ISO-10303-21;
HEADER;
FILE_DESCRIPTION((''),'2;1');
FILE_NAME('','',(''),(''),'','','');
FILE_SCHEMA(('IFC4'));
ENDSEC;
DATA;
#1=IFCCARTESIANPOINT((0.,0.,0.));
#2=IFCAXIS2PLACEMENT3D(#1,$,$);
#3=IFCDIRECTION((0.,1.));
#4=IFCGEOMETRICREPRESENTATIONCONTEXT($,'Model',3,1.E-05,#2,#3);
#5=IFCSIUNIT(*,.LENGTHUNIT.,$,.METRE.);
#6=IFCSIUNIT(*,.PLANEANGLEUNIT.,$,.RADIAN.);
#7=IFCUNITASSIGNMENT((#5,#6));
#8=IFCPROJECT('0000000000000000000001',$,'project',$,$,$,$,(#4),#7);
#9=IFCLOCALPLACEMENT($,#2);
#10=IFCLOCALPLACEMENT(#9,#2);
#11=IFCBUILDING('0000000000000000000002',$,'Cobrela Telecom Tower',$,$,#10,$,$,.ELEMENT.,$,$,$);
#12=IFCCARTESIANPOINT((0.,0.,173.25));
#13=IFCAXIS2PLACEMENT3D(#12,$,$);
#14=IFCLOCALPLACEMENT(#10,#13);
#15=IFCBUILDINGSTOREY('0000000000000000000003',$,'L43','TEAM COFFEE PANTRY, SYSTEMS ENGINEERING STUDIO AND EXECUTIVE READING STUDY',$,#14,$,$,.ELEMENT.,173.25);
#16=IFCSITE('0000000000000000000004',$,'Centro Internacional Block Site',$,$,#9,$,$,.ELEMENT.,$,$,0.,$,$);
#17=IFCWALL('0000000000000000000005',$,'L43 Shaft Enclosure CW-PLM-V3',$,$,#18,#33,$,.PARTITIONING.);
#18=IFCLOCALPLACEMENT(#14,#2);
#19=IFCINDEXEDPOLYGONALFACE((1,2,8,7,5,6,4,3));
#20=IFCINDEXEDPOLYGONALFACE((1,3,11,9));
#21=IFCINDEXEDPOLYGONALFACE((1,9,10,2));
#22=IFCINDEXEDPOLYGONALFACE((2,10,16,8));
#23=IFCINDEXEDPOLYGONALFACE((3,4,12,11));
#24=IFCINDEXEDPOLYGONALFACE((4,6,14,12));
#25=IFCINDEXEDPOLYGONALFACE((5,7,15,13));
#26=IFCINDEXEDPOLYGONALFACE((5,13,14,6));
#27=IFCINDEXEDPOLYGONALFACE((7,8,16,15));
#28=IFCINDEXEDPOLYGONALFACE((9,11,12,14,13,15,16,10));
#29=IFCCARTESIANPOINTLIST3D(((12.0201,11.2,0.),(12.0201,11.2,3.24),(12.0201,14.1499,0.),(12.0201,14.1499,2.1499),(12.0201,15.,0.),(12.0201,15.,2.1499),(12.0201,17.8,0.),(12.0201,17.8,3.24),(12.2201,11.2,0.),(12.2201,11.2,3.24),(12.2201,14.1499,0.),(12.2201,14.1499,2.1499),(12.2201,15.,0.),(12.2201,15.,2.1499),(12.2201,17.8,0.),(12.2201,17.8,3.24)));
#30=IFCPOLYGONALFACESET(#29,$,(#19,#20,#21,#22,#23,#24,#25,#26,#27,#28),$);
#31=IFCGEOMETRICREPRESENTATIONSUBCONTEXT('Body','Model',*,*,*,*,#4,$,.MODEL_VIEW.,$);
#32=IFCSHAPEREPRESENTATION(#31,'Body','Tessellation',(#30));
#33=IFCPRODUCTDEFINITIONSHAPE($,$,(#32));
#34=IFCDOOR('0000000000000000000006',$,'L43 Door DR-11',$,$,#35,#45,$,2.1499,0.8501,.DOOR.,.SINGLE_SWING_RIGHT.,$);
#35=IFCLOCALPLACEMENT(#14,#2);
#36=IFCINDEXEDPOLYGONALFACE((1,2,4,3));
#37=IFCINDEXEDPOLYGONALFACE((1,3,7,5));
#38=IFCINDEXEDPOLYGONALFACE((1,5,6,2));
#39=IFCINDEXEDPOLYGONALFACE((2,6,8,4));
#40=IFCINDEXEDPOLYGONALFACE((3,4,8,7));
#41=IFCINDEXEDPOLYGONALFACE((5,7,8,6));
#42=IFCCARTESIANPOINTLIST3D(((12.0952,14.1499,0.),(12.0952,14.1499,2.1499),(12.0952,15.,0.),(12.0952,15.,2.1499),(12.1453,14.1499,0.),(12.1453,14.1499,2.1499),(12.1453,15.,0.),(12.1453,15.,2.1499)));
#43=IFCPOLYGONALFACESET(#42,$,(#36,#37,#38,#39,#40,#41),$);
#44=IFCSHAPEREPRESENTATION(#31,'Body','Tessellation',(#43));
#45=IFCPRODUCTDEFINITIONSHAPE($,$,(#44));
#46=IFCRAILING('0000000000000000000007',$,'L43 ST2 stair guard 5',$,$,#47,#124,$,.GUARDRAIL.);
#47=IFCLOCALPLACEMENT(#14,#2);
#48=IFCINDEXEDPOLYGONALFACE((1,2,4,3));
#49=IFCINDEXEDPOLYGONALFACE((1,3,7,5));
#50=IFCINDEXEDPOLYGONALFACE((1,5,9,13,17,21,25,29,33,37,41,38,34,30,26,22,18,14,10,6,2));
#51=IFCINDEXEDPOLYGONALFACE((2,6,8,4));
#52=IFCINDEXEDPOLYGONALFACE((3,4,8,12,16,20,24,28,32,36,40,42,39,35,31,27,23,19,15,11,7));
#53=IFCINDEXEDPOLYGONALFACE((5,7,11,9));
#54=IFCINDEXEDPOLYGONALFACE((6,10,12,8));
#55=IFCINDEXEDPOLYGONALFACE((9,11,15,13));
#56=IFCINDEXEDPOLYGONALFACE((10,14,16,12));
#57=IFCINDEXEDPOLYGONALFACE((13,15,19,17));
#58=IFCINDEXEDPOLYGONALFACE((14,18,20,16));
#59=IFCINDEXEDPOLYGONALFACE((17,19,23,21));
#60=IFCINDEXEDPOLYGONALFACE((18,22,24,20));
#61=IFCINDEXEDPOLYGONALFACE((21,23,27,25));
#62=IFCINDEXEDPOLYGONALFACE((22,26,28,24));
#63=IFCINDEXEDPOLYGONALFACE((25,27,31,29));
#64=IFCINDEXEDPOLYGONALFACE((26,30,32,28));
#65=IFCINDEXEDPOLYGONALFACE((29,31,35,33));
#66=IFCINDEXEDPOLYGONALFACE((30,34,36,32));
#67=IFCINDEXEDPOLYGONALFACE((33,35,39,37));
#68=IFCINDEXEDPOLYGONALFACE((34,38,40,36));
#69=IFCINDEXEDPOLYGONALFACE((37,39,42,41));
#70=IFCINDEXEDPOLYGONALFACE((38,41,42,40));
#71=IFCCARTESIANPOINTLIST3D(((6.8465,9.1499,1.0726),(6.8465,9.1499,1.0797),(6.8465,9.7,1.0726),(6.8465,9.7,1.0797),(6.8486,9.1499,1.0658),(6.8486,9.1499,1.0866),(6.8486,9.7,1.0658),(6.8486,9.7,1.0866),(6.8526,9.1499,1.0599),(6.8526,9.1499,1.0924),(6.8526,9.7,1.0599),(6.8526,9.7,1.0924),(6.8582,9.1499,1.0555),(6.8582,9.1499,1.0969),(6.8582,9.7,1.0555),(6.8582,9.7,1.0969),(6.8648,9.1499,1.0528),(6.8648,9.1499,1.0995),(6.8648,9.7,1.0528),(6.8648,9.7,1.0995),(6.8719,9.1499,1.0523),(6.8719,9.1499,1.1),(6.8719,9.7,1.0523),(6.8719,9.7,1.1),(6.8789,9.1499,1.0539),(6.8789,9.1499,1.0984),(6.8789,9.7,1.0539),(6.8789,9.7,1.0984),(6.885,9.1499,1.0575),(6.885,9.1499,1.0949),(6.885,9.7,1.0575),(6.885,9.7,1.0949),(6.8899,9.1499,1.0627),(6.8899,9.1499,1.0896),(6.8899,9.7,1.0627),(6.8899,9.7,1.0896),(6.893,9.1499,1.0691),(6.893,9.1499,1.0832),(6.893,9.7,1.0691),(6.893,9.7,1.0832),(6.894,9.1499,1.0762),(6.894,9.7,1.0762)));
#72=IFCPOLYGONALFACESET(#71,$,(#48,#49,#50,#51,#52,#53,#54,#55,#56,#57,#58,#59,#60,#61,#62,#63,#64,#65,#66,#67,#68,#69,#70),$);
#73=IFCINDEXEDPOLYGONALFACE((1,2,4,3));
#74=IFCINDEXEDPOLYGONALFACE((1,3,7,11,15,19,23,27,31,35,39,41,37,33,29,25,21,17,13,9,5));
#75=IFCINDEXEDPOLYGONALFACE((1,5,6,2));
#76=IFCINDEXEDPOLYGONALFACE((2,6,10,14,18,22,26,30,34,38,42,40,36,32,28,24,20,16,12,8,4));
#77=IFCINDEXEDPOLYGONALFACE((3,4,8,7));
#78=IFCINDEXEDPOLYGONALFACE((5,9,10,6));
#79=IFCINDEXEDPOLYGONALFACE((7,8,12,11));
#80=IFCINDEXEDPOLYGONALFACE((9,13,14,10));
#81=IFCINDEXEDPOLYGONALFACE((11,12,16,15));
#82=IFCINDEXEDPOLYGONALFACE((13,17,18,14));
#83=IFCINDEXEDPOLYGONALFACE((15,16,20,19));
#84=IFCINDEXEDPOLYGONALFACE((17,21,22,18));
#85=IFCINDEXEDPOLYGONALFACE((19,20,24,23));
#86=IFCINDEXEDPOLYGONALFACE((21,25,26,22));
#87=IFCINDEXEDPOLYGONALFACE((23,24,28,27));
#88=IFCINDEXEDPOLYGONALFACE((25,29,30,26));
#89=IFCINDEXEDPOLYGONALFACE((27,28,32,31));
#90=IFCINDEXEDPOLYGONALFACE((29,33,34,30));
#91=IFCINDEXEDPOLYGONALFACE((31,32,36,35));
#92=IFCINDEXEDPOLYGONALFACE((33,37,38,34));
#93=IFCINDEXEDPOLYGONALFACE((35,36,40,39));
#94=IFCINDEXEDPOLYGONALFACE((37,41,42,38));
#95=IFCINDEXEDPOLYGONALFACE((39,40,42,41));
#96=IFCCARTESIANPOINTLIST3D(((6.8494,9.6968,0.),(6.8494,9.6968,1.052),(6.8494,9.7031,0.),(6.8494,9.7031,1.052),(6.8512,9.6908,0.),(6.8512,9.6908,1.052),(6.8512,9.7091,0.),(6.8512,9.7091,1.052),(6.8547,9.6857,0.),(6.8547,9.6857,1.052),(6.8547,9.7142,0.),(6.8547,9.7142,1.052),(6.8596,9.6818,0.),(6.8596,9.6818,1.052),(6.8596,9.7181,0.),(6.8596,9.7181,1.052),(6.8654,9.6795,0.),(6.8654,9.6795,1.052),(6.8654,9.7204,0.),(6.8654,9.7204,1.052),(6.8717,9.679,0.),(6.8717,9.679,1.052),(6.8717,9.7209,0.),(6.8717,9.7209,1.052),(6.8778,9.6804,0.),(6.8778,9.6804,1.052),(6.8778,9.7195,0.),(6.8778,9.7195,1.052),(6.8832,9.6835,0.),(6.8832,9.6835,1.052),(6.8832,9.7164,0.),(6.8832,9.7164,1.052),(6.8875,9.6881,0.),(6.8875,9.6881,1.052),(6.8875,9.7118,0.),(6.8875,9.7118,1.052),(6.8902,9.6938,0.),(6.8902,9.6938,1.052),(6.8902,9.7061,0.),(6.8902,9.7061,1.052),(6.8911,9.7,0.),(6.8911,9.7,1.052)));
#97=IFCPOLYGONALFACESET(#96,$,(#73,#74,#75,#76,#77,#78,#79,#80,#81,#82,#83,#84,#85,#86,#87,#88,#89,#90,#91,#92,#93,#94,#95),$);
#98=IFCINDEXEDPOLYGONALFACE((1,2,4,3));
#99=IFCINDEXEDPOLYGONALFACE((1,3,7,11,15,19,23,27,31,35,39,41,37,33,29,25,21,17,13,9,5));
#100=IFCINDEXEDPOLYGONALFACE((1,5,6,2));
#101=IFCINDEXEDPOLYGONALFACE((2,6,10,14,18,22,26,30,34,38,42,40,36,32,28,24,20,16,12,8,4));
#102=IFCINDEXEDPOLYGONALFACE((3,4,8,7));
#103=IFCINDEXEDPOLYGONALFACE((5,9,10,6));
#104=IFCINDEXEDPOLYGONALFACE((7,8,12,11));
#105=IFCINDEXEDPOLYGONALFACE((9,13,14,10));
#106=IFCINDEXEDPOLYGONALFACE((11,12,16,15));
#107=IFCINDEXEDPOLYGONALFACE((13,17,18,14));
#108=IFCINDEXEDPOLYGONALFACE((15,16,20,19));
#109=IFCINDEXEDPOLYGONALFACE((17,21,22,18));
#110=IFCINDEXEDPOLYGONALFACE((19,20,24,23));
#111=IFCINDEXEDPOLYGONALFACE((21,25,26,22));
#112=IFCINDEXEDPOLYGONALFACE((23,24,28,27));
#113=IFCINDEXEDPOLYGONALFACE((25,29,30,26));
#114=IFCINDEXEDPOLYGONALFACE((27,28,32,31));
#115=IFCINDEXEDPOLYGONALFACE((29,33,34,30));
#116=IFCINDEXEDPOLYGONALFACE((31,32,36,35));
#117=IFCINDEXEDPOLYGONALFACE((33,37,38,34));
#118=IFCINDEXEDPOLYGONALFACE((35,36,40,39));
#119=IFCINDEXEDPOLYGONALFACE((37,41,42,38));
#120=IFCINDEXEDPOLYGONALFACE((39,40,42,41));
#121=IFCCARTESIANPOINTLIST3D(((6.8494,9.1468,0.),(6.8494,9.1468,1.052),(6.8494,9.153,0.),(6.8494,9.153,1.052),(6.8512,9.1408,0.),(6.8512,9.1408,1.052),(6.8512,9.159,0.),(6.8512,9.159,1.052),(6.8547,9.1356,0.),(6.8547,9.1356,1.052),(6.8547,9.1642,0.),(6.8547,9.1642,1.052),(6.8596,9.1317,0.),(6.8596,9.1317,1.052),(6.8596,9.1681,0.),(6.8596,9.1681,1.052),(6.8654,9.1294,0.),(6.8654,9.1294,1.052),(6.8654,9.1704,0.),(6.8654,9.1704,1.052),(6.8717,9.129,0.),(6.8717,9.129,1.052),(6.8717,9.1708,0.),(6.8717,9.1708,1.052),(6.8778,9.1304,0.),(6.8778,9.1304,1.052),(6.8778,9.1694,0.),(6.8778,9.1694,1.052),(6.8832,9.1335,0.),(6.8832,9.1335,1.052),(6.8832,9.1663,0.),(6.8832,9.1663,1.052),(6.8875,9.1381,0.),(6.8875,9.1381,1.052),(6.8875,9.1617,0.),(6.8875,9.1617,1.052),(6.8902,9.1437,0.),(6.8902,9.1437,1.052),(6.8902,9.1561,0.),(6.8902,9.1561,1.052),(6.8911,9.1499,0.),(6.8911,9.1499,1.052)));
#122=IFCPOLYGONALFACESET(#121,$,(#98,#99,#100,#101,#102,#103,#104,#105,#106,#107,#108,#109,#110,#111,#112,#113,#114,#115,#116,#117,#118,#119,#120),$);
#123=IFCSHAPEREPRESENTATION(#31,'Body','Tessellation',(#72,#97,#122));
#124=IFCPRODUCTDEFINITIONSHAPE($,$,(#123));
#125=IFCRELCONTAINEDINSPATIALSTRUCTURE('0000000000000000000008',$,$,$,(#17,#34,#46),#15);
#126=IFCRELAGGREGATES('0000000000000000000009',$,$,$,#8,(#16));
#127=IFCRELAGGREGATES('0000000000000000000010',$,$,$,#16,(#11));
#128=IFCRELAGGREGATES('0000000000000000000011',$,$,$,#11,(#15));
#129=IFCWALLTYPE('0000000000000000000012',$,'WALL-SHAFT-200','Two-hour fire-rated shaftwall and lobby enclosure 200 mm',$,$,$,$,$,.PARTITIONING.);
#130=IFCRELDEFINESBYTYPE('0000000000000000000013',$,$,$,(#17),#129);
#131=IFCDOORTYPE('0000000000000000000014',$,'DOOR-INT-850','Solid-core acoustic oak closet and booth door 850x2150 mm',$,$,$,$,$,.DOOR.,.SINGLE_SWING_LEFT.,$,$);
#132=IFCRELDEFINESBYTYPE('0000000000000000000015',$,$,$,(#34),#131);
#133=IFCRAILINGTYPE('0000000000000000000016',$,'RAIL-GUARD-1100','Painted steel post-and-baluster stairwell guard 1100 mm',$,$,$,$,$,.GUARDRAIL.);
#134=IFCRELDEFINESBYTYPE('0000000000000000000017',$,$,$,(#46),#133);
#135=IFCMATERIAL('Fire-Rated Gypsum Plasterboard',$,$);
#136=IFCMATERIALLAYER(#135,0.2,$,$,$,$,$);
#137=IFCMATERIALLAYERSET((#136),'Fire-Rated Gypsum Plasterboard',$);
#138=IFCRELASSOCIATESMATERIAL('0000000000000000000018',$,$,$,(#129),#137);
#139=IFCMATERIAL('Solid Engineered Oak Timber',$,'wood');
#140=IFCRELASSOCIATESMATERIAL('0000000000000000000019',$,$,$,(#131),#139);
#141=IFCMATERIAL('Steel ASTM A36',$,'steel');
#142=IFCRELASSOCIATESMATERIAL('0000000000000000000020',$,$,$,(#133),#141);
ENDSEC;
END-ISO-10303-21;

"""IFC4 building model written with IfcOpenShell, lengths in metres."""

from ifc_helpers import new_model, si_unit, direction, frame, frame_2d, origin, origin_2d, place, context, subcontext, project, spatial, rectangle, circle, extrude, material, layer, layer_set, type_object, element, fill, save


model = new_model("IFC4")

# Units and contexts
model_context = context("Model", 3, precision=1e-05, world=origin(), true_north=direction((0.0, 1.0)))
body_context = subcontext(model_context, "Body", "Model", "MODEL_VIEW")
ifc_project = project(units=[si_unit("LENGTHUNIT", "METRE"), si_unit("PLANEANGLEUNIT", "RADIAN")], contexts=[model_context])

# Site, building, storey
site_placement = place(None, origin())
site = spatial("IfcSite", under=ifc_project, at=site_placement, Name="Centro Internacional Block Site", CompositionType="ELEMENT", RefElevation=0.0)
building_placement = place(site_placement, origin())
building = spatial("IfcBuilding", under=site, at=building_placement, Name="Cobrela Telecom Tower", CompositionType="ELEMENT")
storey_placement = place(building_placement, frame((0.0, 0.0, 173.25)))
storey = spatial("IfcBuildingStorey", under=building, at=storey_placement, Name="L43", Description="TEAM COFFEE PANTRY, SYSTEMS ENGINEERING STUDIO AND EXECUTIVE READING STUDY", CompositionType="ELEMENT", Elevation=173.25)

# Shared definitions
ifc_material_1 = material(Name="Fire-Rated Gypsum Plasterboard")
ifc_layer = layer(ifc_material_1, 0.2)
ifc_layer_set = layer_set([ifc_layer], Name="Fire-Rated Gypsum Plasterboard")
wall_type = type_object("IfcWallType", Name="WALL-SHAFT-200", Description="Two-hour fire-rated shaftwall and lobby enclosure 200 mm", PredefinedType="PARTITIONING", material=ifc_layer_set)

# Wall, opening, door
wall_1_placement = place(storey_placement, frame((12.1201, 11.2, 0.0), z_axis=(0.0, 0.0, 1.0), x_axis=(0.0, 1.0, 0.0)))
wall_1 = element("IfcWall", 1, at=wall_1_placement, inside=storey, type_object=wall_type, Name="L43 Shaft Enclosure CW-PLM-V3", PredefinedType="PARTITIONING", context=body_context, shape_type="SweptSolid", body=[
    extrude(rectangle(XDim=6.6001, YDim=0.2, at=frame_2d((3.3, 0.0))), origin(), (0.0, 0.0, 1.0), 3.24),
])
opening_placement = place(wall_1_placement, frame((2.95, 0.0, 0.0)))
opening = element("IfcOpeningElement", 2, at=opening_placement, cuts=wall_1, PredefinedType="OPENING", context=body_context, shape_type="SweptSolid", body=[
    extrude(rectangle(XDim=0.8501, YDim=2.1499, at=frame_2d((0.425, 1.075))), frame((0.0, 0.1118, 0.0), z_axis=(0.0, -1.0, 0.0), x_axis=(1.0, 0.0, 0.0)), (0.0, 0.0, 1.0), 0.2239),
])
ifc_material_2 = material(Name="Solid Engineered Oak Timber", Category="wood")
door_type = type_object("IfcDoorType", Name="DOOR-INT-850", Description="Solid-core acoustic oak closet and booth door 850x2150 mm", OperationType="SINGLE_SWING_LEFT", PredefinedType="DOOR", material=ifc_material_2)
door_placement = place(opening_placement, origin())
door = element("IfcDoor", 3, at=door_placement, inside=storey, type_object=door_type, Name="L43 Door DR-11", OperationType="SINGLE_SWING_RIGHT", OverallHeight=2.1499, OverallWidth=0.8501, PredefinedType="DOOR", context=body_context, shape_type="SweptSolid", body=[
    extrude(rectangle(XDim=0.8501, YDim=2.1499, at=frame_2d((0.425, 1.075))), frame((0.0, 0.0249, 0.0), z_axis=(0.0, -1.0, 0.0), x_axis=(1.0, 0.0, 0.0)), (0.0, 0.0, 1.0), 0.05),
])
fill(opening, door)

# Railing
ifc_material_3 = material(Name="Steel ASTM A36", Category="steel")
railing_type_1 = type_object("IfcRailingType", Name="RAIL-GUARD-1100", Description="Painted steel post-and-baluster stairwell guard 1100 mm", PredefinedType="GUARDRAIL", material=ifc_material_3)
railing_1_placement = place(storey_placement, frame((6.8701, 9.7, 0.0)))
element("IfcRailing", 4, at=railing_1_placement, inside=storey, type_object=railing_type_1, Name="L43 ST2 stair guard 5", PredefinedType="GUARDRAIL", context=body_context, shape_type="SweptSolid", body=[
    extrude(circle(Radius=0.0239, at=origin_2d()), frame((0.0, 0.0, 1.0762), z_axis=(0.0, -1.0, 0.0), x_axis=(1.0, 0.0, 0.0)), (0.0, 0.0, 1.0), 0.55),
    extrude(circle(Radius=0.021, at=origin_2d()), origin(), (0.0, 0.0, 1.0), 1.052),
    extrude(circle(Radius=0.021, at=origin_2d()), frame((0.0, -0.55, 0.0)), (0.0, 0.0, 1.0), 1.052),
])

save(model, "model.ifc")
